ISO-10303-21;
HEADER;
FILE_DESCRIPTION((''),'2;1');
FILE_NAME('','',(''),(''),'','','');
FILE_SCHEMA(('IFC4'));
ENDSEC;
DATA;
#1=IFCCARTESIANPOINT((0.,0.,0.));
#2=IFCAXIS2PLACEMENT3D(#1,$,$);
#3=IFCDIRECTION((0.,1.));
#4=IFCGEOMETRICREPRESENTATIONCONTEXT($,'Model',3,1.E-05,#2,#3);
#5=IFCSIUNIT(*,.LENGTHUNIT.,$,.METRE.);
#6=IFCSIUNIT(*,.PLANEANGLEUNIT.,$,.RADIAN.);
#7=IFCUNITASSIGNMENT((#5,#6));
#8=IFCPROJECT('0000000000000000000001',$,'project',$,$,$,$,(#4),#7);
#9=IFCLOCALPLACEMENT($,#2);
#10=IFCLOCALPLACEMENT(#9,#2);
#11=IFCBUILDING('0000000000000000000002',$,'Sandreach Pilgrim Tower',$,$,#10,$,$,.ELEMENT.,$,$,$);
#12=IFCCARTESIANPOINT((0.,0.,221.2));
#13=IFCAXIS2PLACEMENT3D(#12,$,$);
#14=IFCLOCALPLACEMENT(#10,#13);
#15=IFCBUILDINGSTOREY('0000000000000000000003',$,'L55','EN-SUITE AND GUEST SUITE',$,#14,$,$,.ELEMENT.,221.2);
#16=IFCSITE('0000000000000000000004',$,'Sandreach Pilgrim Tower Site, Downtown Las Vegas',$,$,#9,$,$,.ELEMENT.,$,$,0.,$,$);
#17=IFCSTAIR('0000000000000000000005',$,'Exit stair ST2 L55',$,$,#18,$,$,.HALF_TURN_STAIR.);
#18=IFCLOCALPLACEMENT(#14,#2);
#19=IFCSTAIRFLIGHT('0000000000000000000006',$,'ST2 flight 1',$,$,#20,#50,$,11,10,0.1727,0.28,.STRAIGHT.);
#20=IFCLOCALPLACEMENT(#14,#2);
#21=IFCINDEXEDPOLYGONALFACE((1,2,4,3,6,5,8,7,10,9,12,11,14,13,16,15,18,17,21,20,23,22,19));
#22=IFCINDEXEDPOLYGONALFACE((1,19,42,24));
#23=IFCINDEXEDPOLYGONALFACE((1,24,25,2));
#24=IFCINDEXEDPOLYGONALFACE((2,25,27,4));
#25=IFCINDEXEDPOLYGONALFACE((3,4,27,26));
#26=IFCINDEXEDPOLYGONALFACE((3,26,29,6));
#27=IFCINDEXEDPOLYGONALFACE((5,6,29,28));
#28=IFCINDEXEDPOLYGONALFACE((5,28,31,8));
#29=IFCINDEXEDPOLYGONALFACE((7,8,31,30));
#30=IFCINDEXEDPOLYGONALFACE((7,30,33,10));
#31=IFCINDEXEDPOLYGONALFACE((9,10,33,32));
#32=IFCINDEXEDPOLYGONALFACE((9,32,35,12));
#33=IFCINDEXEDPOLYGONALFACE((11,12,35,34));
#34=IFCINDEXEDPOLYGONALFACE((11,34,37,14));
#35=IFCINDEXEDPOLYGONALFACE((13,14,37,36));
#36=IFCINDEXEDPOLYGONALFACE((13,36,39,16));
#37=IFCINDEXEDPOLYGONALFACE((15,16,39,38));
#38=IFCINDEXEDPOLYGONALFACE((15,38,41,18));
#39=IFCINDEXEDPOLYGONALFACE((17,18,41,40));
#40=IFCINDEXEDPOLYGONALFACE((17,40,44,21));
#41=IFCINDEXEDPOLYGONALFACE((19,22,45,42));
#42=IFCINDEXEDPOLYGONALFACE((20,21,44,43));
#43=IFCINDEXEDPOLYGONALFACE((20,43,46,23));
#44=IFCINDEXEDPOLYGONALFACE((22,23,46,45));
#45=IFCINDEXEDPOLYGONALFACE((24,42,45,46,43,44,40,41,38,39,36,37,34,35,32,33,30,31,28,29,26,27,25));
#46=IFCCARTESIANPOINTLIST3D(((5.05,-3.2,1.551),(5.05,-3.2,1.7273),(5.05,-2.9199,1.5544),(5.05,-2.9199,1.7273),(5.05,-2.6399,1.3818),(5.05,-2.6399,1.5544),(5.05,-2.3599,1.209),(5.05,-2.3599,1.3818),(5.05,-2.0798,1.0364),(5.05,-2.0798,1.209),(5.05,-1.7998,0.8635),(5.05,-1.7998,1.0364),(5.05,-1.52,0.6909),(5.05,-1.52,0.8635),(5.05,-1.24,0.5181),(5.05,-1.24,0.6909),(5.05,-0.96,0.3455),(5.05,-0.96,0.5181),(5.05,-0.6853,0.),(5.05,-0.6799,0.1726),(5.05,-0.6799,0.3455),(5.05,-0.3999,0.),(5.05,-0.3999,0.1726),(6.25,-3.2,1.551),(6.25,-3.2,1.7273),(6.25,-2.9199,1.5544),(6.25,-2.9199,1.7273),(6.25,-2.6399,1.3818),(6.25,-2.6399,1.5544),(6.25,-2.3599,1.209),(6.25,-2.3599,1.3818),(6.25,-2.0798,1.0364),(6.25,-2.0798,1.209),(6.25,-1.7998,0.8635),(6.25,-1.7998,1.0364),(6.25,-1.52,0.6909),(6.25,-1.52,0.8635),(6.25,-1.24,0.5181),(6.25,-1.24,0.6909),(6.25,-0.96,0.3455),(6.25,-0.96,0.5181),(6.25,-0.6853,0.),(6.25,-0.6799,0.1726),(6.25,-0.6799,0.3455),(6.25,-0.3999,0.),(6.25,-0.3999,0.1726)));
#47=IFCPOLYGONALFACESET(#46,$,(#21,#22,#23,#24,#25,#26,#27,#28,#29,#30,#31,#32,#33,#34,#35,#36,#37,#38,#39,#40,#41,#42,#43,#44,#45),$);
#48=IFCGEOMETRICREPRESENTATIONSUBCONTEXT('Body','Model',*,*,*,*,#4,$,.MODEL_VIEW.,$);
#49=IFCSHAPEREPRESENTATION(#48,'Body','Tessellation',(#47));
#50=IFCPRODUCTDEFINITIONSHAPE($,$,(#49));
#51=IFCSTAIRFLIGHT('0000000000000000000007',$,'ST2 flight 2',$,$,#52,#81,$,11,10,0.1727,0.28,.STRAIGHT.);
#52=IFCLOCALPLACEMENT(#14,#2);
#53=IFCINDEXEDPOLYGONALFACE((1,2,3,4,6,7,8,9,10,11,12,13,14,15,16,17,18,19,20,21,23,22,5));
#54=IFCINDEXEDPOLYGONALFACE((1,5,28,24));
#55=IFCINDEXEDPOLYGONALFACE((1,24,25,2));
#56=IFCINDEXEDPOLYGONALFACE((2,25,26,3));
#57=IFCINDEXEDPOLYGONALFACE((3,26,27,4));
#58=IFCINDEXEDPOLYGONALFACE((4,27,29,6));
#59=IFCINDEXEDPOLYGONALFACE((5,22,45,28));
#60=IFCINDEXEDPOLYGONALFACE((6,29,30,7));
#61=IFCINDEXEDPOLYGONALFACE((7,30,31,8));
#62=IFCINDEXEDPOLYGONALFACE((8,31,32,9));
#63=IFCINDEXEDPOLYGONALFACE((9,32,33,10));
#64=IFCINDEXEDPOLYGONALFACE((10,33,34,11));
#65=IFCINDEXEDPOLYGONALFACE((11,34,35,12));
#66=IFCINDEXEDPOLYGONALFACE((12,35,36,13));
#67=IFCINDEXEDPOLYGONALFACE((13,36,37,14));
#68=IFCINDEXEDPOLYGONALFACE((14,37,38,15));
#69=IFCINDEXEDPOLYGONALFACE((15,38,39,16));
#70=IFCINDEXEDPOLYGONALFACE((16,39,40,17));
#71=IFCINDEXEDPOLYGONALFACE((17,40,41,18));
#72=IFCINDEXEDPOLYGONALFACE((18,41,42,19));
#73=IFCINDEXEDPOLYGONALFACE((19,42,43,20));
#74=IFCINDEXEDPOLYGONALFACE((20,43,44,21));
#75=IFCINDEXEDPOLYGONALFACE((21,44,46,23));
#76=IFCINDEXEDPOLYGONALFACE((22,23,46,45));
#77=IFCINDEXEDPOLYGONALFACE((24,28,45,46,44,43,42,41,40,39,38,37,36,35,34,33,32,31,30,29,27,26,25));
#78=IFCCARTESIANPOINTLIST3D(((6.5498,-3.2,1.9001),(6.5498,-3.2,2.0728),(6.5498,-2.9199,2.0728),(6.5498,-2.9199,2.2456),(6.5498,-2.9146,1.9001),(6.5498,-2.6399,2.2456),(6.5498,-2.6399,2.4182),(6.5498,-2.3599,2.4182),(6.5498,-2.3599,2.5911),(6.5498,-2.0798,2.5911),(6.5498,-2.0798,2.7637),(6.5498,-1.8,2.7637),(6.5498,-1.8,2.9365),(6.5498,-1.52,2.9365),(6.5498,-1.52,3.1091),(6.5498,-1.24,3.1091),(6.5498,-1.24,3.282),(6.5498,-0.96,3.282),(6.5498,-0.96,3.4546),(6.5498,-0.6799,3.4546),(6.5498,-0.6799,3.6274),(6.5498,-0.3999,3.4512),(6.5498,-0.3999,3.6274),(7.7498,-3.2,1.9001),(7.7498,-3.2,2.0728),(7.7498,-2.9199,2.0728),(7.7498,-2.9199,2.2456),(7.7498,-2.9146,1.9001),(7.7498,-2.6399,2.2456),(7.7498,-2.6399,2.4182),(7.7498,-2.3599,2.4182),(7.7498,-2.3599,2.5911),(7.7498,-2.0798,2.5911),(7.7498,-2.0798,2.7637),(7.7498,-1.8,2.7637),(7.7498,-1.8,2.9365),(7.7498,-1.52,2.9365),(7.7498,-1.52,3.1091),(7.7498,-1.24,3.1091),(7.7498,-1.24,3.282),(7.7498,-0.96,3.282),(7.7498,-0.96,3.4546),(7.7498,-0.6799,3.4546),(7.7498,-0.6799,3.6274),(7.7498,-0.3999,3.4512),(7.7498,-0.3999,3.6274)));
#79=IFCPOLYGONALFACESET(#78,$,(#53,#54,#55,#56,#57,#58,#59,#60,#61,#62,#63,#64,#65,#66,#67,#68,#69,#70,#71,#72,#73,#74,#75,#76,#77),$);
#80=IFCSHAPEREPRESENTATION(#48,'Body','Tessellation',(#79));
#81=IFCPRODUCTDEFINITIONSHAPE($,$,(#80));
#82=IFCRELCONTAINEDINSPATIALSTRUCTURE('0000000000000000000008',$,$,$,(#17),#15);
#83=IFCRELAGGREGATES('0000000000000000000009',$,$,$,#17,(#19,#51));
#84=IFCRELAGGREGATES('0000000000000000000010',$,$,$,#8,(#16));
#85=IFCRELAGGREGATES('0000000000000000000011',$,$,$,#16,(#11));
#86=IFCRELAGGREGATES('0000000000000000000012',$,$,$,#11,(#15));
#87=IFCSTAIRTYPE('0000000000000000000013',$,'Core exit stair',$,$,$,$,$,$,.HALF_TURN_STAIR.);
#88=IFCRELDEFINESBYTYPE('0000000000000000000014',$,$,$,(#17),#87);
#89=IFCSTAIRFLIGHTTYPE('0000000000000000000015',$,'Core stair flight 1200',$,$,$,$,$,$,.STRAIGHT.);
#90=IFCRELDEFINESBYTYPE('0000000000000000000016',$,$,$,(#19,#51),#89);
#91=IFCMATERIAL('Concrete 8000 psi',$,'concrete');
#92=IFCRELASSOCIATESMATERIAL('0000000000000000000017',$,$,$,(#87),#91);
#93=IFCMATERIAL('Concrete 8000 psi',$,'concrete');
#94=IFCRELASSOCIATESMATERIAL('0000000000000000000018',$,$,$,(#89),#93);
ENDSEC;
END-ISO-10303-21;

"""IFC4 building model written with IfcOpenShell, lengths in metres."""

from ifc_helpers import new_model, si_unit, direction, frame, origin, place, context, subcontext, project, spatial, polyline, outline, extrude, material, type_object, element, aggregate, save


model = new_model("IFC4")

# Units and contexts
model_context = context("Model", 3, precision=1e-05, world=origin(), true_north=direction((0.0, 1.0)))
body_context = subcontext(model_context, "Body", "Model", "MODEL_VIEW")
ifc_project = project(units=[si_unit("LENGTHUNIT", "METRE"), si_unit("PLANEANGLEUNIT", "RADIAN")], contexts=[model_context])

# Site, building, storey
site_placement = place(None, origin())
site = spatial("IfcSite", under=ifc_project, at=site_placement, Name="Sandreach Pilgrim Tower Site, Downtown Las Vegas", CompositionType="ELEMENT", RefElevation=0.0)
building_placement = place(site_placement, origin())
building = spatial("IfcBuilding", under=site, at=building_placement, Name="Sandreach Pilgrim Tower", CompositionType="ELEMENT")
storey_placement = place(building_placement, frame((0.0, 0.0, 221.2)))
storey = spatial("IfcBuildingStorey", under=building, at=storey_placement, Name="L55", Description="EN-SUITE AND GUEST SUITE", CompositionType="ELEMENT", Elevation=221.2)

# Stair, stair flights
ifc_material_1 = material(Name="Concrete 8000 psi", Category="concrete")
stair_type = type_object("IfcStairType", Name="Core exit stair", PredefinedType="HALF_TURN_STAIR", material=ifc_material_1)
stair_placement = place(storey_placement, origin())
stair = element("IfcStair", 1, at=stair_placement, inside=storey, type_object=stair_type, Name="Exit stair ST2 L55", PredefinedType="HALF_TURN_STAIR")
ifc_material_2 = material(Name="Concrete 8000 psi", Category="concrete")
stair_flight_type = type_object("IfcStairFlightType", Name="Core stair flight 1200", PredefinedType="STRAIGHT", material=ifc_material_2)
stair_flight_1_placement = place(storey_placement, frame((5.6499, -0.3999, 0.0), z_axis=(0.0, 0.0, 1.0), x_axis=(0.0, -1.0, 0.0)))
stair_flight_1 = element("IfcStairFlight", 2, at=stair_flight_1_placement, type_object=stair_flight_type, Name="ST2 flight 1", NumberOfRisers=11, NumberOfTreads=10, PredefinedType="STRAIGHT", RiserHeight=0.1727, TreadLength=0.28, context=body_context, shape_type="SweptSolid", body=[
    extrude(outline(polyline([(0.0, 0.0), (0.0, 0.1726), (0.28, 0.1726), (0.28, 0.3455), (0.5601, 0.3455), (0.5601, 0.5181), (0.8401, 0.5181), (0.8401, 0.6909), (1.1201, 0.6909), (1.1201, 0.8635), (1.3999, 0.8635), (1.3999, 1.0364), (1.6799, 1.0364), (1.6799, 1.209), (1.96, 1.209), (1.96, 1.3818), (2.24, 1.3818), (2.24, 1.5544), (2.52, 1.5544), (2.52, 1.7273), (2.8, 1.7273), (2.8, 1.8999), (2.8, 1.551), (0.2854, 0.0), (0.0, 0.0)])), frame((0.0, 0.6001, 0.0), z_axis=(0.0, -1.0, 0.0), x_axis=(1.0, 0.0, 0.0)), (0.0, 0.0, 1.0), 1.2),
])
stair_flight_2_placement = place(storey_placement, frame((7.1499, -3.2, 1.9001), z_axis=(0.0, 0.0, 1.0), x_axis=(0.0, 1.0, 0.0)))
stair_flight_2 = element("IfcStairFlight", 3, at=stair_flight_2_placement, type_object=stair_flight_type, Name="ST2 flight 2", NumberOfRisers=11, NumberOfTreads=10, PredefinedType="STRAIGHT", RiserHeight=0.1727, TreadLength=0.28, context=body_context, shape_type="SweptSolid", body=[
    extrude(outline(polyline([(0.0, 0.0), (0.0, 0.1726), (0.28, 0.1726), (0.28, 0.3455), (0.5601, 0.3455), (0.5601, 0.5181), (0.8401, 0.5181), (0.8401, 0.6909), (1.1201, 0.6909), (1.1201, 0.8635), (1.3999, 0.8635), (1.3999, 1.0364), (1.6799, 1.0364), (1.6799, 1.209), (1.96, 1.209), (1.96, 1.3818), (2.24, 1.3818), (2.24, 1.5544), (2.52, 1.5544), (2.52, 1.7273), (2.8, 1.7273), (2.8, 1.8999), (2.8, 1.551), (0.2854, 0.0), (0.0, 0.0)])), frame((0.0, 0.6001, 0.0), z_axis=(0.0, -1.0, 0.0), x_axis=(1.0, 0.0, 0.0)), (0.0, 0.0, 1.0), 1.2),
])
aggregate(stair, [stair_flight_1, stair_flight_2])

save(model, "model.ifc")
